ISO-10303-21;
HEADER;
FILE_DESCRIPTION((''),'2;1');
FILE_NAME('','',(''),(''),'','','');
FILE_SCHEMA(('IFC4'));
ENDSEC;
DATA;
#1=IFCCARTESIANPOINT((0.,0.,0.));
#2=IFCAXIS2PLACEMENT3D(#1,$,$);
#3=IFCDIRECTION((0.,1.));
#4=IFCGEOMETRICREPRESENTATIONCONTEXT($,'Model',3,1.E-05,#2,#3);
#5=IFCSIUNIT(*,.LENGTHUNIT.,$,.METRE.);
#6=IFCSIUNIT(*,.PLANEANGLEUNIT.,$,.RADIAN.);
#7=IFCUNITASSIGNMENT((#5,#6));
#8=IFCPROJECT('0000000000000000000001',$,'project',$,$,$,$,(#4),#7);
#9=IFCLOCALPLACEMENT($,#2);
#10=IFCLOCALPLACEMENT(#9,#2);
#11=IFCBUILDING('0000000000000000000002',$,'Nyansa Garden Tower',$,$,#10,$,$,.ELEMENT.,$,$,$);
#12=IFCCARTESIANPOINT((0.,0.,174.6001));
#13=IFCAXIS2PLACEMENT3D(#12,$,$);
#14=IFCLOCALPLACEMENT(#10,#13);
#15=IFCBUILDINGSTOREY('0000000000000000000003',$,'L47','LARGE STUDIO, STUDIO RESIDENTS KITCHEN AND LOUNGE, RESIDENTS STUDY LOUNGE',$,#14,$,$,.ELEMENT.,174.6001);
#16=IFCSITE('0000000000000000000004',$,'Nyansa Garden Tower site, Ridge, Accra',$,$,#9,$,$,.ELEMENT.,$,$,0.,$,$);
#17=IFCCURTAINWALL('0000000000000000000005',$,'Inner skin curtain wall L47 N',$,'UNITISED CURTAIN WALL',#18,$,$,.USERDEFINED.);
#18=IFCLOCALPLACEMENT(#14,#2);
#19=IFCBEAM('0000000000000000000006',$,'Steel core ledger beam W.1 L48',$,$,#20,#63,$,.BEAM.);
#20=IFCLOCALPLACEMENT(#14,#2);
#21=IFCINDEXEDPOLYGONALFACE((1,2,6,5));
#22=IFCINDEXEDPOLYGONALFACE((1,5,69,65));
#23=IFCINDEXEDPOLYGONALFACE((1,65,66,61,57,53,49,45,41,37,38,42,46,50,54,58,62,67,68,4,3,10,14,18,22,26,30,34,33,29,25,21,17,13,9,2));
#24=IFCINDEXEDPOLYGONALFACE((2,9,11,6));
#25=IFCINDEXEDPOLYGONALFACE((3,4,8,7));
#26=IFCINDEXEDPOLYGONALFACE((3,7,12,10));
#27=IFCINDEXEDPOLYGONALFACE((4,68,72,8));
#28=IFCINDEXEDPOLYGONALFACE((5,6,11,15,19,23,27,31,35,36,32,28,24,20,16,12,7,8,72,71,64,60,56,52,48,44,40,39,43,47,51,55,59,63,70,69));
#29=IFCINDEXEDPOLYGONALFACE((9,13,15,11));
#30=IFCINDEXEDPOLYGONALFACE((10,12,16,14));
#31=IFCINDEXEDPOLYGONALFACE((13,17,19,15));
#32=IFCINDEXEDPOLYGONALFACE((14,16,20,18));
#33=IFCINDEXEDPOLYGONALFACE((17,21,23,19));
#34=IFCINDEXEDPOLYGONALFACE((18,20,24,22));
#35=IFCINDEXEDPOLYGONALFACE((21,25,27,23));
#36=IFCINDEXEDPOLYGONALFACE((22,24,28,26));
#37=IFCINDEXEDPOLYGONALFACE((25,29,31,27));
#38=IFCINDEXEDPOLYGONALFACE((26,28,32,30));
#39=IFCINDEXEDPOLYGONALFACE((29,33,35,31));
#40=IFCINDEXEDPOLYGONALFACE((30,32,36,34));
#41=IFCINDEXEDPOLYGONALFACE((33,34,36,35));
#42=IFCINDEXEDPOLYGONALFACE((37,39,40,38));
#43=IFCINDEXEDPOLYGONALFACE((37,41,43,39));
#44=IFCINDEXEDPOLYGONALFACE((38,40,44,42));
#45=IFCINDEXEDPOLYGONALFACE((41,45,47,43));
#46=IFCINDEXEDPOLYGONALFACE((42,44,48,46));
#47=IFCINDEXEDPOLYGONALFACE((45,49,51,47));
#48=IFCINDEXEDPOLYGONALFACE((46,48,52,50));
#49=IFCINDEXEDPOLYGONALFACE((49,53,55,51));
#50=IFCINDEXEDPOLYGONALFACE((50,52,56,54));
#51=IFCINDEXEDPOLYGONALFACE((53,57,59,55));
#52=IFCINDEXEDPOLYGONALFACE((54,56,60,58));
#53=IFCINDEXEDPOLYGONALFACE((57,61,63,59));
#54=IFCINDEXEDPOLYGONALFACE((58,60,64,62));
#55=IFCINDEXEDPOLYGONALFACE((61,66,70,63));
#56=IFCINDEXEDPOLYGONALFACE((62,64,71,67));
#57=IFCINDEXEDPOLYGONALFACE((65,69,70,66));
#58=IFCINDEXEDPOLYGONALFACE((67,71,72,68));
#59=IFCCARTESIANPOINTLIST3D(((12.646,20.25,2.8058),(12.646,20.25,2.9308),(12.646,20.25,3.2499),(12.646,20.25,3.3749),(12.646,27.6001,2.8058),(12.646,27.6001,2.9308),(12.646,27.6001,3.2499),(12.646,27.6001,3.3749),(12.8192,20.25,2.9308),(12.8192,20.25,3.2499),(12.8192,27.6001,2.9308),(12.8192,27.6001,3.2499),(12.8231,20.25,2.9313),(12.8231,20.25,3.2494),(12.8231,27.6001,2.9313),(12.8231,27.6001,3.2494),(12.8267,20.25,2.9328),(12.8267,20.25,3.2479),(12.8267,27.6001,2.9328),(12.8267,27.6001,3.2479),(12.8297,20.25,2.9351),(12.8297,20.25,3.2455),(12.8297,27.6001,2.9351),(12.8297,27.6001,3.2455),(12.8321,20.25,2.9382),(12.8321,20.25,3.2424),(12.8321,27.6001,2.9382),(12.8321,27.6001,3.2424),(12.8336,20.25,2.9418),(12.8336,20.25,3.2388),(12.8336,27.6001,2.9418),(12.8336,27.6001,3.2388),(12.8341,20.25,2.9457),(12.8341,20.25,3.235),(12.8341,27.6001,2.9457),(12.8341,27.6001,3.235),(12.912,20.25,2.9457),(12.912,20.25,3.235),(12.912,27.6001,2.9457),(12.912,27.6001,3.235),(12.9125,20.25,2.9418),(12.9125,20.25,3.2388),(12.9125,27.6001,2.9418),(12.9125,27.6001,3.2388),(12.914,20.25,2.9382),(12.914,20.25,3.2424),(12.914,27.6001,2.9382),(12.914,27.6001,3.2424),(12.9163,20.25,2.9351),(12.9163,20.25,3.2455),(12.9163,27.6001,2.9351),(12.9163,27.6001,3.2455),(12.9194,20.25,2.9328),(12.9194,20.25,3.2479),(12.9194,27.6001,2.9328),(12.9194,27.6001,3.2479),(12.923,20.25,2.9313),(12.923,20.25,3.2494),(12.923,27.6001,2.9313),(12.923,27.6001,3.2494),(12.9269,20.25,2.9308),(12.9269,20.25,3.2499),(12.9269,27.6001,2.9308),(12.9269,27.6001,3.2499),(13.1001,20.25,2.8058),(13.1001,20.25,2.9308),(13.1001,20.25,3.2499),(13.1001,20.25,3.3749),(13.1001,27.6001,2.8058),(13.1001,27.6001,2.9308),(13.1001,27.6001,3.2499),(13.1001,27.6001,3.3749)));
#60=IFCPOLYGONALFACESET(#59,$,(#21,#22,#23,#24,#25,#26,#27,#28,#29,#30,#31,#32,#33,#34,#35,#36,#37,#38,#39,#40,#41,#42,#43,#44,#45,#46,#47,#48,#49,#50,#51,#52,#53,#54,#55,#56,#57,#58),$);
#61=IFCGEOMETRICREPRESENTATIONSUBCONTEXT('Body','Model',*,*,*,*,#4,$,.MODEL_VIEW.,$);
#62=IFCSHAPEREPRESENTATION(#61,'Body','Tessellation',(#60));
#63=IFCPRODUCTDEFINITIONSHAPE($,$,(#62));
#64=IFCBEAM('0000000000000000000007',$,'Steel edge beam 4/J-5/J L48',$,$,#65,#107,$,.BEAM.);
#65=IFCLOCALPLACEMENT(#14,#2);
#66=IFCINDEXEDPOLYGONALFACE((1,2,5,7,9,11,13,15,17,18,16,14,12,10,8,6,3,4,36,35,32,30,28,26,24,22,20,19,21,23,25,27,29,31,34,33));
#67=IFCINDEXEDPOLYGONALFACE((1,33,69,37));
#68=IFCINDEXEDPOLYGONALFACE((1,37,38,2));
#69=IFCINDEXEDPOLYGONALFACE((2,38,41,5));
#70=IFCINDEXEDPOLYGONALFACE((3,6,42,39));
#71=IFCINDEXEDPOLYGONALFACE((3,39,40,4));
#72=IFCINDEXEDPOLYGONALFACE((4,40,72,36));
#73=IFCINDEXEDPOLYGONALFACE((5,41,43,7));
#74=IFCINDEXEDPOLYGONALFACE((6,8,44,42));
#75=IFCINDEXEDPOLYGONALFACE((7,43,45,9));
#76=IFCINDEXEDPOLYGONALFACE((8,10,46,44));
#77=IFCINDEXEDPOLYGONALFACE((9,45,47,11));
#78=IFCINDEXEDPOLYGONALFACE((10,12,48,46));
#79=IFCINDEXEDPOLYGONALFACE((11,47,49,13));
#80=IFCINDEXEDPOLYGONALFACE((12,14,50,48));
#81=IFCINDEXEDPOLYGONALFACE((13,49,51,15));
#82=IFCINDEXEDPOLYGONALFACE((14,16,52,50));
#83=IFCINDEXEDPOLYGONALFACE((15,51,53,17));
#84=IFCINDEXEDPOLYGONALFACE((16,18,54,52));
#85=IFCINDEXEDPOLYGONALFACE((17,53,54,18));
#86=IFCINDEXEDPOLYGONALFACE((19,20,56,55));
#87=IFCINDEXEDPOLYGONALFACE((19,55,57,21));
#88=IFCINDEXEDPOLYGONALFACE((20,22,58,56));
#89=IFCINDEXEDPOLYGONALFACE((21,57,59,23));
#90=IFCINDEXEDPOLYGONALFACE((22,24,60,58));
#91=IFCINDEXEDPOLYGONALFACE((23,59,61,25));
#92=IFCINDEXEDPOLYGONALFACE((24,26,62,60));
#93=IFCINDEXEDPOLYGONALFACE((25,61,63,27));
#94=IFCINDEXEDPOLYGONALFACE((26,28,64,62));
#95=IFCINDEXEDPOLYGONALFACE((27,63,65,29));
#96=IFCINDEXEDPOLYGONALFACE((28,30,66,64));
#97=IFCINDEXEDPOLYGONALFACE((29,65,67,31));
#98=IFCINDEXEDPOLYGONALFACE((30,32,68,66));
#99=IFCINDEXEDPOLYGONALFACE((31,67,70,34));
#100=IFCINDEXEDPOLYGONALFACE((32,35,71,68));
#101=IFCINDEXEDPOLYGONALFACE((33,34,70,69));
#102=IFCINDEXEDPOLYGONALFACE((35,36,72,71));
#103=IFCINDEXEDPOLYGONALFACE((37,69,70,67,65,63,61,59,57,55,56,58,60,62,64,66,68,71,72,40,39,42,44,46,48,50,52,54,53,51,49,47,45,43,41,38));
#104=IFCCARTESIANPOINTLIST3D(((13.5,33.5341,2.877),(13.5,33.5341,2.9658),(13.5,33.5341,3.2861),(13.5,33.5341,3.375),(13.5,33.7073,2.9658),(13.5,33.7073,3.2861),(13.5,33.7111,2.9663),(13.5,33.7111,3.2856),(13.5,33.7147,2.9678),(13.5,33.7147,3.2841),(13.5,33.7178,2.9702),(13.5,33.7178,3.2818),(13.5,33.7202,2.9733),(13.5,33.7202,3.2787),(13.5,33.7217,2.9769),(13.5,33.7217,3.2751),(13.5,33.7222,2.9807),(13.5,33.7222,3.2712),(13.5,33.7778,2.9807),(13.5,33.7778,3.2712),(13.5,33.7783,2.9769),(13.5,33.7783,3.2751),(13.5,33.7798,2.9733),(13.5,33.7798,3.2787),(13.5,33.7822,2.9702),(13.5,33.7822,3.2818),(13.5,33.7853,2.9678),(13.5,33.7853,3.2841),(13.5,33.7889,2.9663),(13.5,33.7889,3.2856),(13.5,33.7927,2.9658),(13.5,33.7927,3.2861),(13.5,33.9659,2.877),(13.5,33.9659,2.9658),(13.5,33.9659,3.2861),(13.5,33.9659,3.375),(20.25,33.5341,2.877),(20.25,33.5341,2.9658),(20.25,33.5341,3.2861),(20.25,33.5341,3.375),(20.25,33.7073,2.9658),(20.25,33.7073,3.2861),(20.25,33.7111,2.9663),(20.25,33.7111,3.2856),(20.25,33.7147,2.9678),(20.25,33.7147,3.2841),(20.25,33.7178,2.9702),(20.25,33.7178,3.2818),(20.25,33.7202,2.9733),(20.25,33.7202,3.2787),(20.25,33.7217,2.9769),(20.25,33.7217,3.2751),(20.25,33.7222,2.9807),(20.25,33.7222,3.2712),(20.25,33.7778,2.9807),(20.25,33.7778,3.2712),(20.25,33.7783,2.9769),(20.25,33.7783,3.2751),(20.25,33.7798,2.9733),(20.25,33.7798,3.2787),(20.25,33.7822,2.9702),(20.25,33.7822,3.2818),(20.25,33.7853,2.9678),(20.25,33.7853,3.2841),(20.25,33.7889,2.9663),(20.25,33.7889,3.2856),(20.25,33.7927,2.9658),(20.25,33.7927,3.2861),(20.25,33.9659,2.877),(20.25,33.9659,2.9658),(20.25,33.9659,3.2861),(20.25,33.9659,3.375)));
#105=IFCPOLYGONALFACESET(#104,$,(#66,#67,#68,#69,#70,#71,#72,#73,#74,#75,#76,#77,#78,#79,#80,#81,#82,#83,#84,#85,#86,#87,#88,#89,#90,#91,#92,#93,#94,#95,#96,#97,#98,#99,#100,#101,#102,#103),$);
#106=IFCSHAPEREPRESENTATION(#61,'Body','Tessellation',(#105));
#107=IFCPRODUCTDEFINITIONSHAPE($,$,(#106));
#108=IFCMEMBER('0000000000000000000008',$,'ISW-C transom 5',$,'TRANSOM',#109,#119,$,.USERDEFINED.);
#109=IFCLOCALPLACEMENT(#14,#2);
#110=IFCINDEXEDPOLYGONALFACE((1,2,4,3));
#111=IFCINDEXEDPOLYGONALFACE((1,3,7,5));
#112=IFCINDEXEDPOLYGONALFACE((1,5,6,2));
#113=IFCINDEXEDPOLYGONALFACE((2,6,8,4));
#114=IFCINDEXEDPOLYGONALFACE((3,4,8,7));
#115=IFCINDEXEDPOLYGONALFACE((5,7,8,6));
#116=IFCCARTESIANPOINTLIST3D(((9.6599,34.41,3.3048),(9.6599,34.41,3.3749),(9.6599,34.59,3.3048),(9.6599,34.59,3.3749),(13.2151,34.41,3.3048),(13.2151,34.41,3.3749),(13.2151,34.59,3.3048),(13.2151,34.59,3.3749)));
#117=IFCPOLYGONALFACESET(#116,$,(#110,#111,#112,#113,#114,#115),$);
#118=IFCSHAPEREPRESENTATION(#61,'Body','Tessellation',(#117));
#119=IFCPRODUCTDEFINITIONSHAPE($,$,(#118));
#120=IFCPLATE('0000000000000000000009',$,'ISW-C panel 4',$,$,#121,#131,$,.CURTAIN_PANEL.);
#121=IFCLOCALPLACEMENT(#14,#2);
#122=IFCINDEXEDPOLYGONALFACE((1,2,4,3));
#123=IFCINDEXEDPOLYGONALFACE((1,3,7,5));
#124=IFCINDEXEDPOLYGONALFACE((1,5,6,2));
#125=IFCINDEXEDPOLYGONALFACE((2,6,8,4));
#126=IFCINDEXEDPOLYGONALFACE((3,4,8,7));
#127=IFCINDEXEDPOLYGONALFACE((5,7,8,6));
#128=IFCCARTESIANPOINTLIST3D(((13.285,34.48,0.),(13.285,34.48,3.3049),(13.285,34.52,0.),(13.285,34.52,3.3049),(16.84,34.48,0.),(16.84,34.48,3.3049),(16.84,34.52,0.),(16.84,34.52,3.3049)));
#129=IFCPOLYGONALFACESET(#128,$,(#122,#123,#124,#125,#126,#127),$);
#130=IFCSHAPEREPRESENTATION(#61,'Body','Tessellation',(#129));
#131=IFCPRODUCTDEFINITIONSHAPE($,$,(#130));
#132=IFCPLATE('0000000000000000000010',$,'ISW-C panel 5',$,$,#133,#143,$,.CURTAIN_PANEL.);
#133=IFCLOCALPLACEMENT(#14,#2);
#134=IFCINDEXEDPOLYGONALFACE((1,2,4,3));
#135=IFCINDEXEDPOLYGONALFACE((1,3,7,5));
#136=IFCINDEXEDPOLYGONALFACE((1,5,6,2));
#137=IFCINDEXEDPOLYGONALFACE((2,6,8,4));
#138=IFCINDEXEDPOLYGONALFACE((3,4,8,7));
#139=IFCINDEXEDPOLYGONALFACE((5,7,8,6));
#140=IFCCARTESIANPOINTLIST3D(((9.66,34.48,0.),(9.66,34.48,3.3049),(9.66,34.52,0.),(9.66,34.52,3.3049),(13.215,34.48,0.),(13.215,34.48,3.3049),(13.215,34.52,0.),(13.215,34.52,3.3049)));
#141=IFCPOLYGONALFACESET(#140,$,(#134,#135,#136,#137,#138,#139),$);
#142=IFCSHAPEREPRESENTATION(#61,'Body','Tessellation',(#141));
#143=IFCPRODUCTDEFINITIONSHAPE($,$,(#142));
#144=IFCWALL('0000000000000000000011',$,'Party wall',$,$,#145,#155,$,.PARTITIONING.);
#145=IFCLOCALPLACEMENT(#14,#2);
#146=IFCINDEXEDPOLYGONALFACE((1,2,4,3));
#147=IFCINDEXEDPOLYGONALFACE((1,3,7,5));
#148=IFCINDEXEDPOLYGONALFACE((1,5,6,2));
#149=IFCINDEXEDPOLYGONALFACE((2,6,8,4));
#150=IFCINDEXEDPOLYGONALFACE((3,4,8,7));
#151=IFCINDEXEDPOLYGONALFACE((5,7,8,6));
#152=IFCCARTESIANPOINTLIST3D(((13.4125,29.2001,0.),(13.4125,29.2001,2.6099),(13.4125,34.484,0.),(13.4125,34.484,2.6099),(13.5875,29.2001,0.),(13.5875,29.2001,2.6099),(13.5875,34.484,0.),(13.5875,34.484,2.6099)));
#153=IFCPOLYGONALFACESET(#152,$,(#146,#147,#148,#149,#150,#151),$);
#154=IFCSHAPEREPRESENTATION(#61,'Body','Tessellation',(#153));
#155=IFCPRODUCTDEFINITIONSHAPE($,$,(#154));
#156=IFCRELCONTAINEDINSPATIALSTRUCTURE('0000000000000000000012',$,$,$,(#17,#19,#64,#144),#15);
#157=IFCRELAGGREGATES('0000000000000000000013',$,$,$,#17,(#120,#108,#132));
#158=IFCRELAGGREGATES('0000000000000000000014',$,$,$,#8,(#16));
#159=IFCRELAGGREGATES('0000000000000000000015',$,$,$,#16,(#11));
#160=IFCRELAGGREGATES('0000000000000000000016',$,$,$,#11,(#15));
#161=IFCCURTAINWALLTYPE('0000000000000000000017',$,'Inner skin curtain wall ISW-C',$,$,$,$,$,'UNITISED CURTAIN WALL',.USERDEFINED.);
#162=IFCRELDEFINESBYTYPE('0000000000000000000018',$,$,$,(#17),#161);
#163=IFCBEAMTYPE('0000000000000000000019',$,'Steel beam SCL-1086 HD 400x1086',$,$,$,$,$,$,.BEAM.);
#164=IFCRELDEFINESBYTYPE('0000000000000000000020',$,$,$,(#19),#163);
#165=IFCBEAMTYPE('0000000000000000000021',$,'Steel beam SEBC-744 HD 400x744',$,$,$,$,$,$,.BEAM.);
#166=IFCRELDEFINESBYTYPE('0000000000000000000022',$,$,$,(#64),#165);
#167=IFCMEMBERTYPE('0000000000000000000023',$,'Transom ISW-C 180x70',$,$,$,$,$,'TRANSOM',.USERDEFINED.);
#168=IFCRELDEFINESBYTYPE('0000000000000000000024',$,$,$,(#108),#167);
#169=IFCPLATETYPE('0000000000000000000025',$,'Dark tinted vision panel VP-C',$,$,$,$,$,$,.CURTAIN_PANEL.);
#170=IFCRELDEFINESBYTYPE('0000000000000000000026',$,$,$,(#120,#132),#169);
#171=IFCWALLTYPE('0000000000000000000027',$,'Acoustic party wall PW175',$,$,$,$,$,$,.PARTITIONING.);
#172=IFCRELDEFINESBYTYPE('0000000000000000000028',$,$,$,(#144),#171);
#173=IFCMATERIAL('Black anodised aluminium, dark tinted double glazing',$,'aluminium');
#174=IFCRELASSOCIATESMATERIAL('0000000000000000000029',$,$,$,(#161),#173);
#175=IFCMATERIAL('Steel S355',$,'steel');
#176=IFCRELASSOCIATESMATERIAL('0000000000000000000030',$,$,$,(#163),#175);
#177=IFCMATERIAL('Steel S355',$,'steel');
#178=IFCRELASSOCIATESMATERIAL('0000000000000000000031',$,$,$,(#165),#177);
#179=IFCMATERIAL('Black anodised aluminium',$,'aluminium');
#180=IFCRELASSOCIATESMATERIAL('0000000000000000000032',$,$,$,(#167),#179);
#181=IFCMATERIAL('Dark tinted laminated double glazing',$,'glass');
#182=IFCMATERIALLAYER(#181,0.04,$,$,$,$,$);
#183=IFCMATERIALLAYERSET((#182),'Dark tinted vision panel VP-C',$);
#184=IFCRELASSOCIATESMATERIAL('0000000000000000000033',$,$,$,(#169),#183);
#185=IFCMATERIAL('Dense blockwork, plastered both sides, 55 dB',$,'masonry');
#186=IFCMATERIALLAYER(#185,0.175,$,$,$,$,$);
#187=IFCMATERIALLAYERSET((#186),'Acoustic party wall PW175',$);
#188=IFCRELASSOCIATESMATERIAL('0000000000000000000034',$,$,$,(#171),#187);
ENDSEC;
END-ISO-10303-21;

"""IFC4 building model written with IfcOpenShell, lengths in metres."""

from ifc_helpers import new_model, si_unit, direction, frame, frame_2d, origin, origin_2d, place, context, subcontext, project, spatial, rectangle, i_section, extrude, material, layer, layer_set, material_profile, profile_set, type_object, element, aggregate, save


model = new_model("IFC4")

# Units and contexts
model_context = context("Model", 3, precision=1e-05, world=origin(), true_north=direction((0.0, 1.0)))
body_context = subcontext(model_context, "Body", "Model", "MODEL_VIEW")
ifc_project = project(units=[si_unit("LENGTHUNIT", "METRE"), si_unit("PLANEANGLEUNIT", "RADIAN")], contexts=[model_context])

# Site, building, storey
site_placement = place(None, origin())
site = spatial("IfcSite", under=ifc_project, at=site_placement, Name="Nyansa Garden Tower site, Ridge, Accra", CompositionType="ELEMENT", RefElevation=0.0)
building_placement = place(site_placement, origin())
building = spatial("IfcBuilding", under=site, at=building_placement, Name="Nyansa Garden Tower", CompositionType="ELEMENT")
storey_placement = place(building_placement, frame((0.0, 0.0, 174.6001)))
storey = spatial("IfcBuildingStorey", under=building, at=storey_placement, Name="L47", Description="LARGE STUDIO, STUDIO RESIDENTS KITCHEN AND LOUNGE, RESIDENTS STUDY LOUNGE", CompositionType="ELEMENT", Elevation=174.6001)

# Curtain wall
ifc_material_1 = material(Name="Black anodised aluminium, dark tinted double glazing", Category="aluminium")
curtain_wall_type = type_object("IfcCurtainWallType", Name="Inner skin curtain wall ISW-C", ElementType="UNITISED CURTAIN WALL", PredefinedType="USERDEFINED", material=ifc_material_1)
curtain_wall_placement = place(storey_placement, origin())
curtain_wall = element("IfcCurtainWall", 1, at=curtain_wall_placement, inside=storey, type_object=curtain_wall_type, Name="Inner skin curtain wall L47 N", ObjectType="UNITISED CURTAIN WALL", PredefinedType="USERDEFINED")

# Beams
ifc_material_2 = material(Name="Steel S355", Category="steel")
ifc_material_profile_1 = material_profile(ifc_material_2, i_section(OverallWidth=0.4541, OverallDepth=0.5691, WebThickness=0.0779, FlangeThickness=0.125, FilletRadius=0.0149, at=origin_2d()), Name="HD 400x1086")
ifc_profile_set_1 = profile_set([ifc_material_profile_1], Name="Steel S355")
beam_type_1 = type_object("IfcBeamType", Name="Steel beam SCL-1086 HD 400x1086", PredefinedType="BEAM", material=ifc_profile_set_1)
beam_1_placement = place(storey_placement, frame((12.873, 27.6001, 3.0903), z_axis=(0.0, -1.0, 0.0), x_axis=(1.0, 0.0, 0.0)))
element("IfcBeam", 2, at=beam_1_placement, inside=storey, type_object=beam_type_1, Name="Steel core ledger beam W.1 L48", PredefinedType="BEAM", context=body_context, shape_type="SweptSolid", body=[
    extrude(i_section(OverallWidth=0.4541, OverallDepth=0.5691, WebThickness=0.0779, FlangeThickness=0.125, FilletRadius=0.0149, at=origin_2d()), origin(), (0.0, 0.0, 1.0), 7.3501),
])
ifc_material_3 = material(Name="Steel S355", Category="steel")
ifc_material_profile_2 = material_profile(ifc_material_3, i_section(OverallWidth=0.4319, OverallDepth=0.498, WebThickness=0.0557, FlangeThickness=0.0889, FilletRadius=0.0149, at=origin_2d()), Name="HD 400x744")
ifc_profile_set_2 = profile_set([ifc_material_profile_2], Name="Steel S355")
beam_type_2 = type_object("IfcBeamType", Name="Steel beam SEBC-744 HD 400x744", PredefinedType="BEAM", material=ifc_profile_set_2)
beam_2_placement = place(storey_placement, frame((13.5, 33.75, 3.126), z_axis=(1.0, 0.0, 0.0), x_axis=(0.0, 1.0, 0.0)))
element("IfcBeam", 3, at=beam_2_placement, inside=storey, type_object=beam_type_2, Name="Steel edge beam 4/J-5/J L48", PredefinedType="BEAM", context=body_context, shape_type="SweptSolid", body=[
    extrude(i_section(OverallWidth=0.4319, OverallDepth=0.498, WebThickness=0.0557, FlangeThickness=0.0889, FilletRadius=0.0149, at=origin_2d()), origin(), (0.0, 0.0, 1.0), 6.75),
])

# Member
ifc_material_4 = material(Name="Black anodised aluminium", Category="aluminium")
ifc_material_profile_3 = material_profile(ifc_material_4, rectangle(XDim=0.1799, YDim=0.0701, at=origin_2d()), Name="Transom 180x70")
ifc_profile_set_3 = profile_set([ifc_material_profile_3], Name="Black anodised aluminium")
member_type_1 = type_object("IfcMemberType", Name="Transom ISW-C 180x70", ElementType="TRANSOM", PredefinedType="USERDEFINED", material=ifc_profile_set_3)
member_1_placement = place(storey_placement, frame((13.2151, 34.5, 3.3398), z_axis=(-1.0, 0.0, 0.0), x_axis=(0.0, -1.0, 0.0)))
member_1 = element("IfcMember", 4, at=member_1_placement, type_object=member_type_1, Name="ISW-C transom 5", ObjectType="TRANSOM", PredefinedType="USERDEFINED", context=body_context, shape_type="SweptSolid", body=[
    extrude(rectangle(XDim=0.1799, YDim=0.0701, at=origin_2d()), origin(), (0.0, 0.0, 1.0), 3.5552),
])

# Plates
ifc_material_5 = material(Name="Dark tinted laminated double glazing", Category="glass")
ifc_layer_1 = layer(ifc_material_5, 0.04)
ifc_layer_set_1 = layer_set([ifc_layer_1], Name="Dark tinted vision panel VP-C")
plate_type = type_object("IfcPlateType", Name="Dark tinted vision panel VP-C", PredefinedType="CURTAIN_PANEL", material=ifc_layer_set_1)
plate_1_placement = place(storey_placement, frame((15.0625, 34.5, 0.0), z_axis=(0.0, 0.0, 1.0), x_axis=(-1.0, 0.0, 0.0)))
plate_1 = element("IfcPlate", 5, at=plate_1_placement, type_object=plate_type, Name="ISW-C panel 4", PredefinedType="CURTAIN_PANEL", context=body_context, shape_type="SweptSolid", body=[
    extrude(rectangle(XDim=3.5549, YDim=0.04, at=origin_2d()), origin(), (0.0, 0.0, 1.0), 3.3049),
])
plate_2_placement = place(storey_placement, frame((11.4375, 34.5, 0.0), z_axis=(0.0, 0.0, 1.0), x_axis=(-1.0, 0.0, 0.0)))
plate_2 = element("IfcPlate", 6, at=plate_2_placement, type_object=plate_type, Name="ISW-C panel 5", PredefinedType="CURTAIN_PANEL", context=body_context, shape_type="SweptSolid", body=[
    extrude(rectangle(XDim=3.5549, YDim=0.04, at=origin_2d()), origin(), (0.0, 0.0, 1.0), 3.3049),
])
aggregate(curtain_wall, [plate_1, member_1, plate_2])

# Wall
ifc_material_6 = material(Name="Dense blockwork, plastered both sides, 55 dB", Category="masonry")
ifc_layer_2 = layer(ifc_material_6, 0.175)
ifc_layer_set_2 = layer_set([ifc_layer_2], Name="Acoustic party wall PW175")
wall_type_1 = type_object("IfcWallType", Name="Acoustic party wall PW175", PredefinedType="PARTITIONING", material=ifc_layer_set_2)
wall_1_placement = place(storey_placement, frame((13.5, 29.2, 0.0), z_axis=(0.0, 0.0, 1.0), x_axis=(0.0, 1.0, 0.0)))
element("IfcWall", 7, at=wall_1_placement, inside=storey, type_object=wall_type_1, Name="Party wall", PredefinedType="PARTITIONING", context=body_context, shape_type="SweptSolid", body=[
    extrude(rectangle(XDim=5.2839, YDim=0.175, at=frame_2d((2.6421, 0.0))), origin(), (0.0, 0.0, 1.0), 2.6099),
])

save(model, "model.ifc")
